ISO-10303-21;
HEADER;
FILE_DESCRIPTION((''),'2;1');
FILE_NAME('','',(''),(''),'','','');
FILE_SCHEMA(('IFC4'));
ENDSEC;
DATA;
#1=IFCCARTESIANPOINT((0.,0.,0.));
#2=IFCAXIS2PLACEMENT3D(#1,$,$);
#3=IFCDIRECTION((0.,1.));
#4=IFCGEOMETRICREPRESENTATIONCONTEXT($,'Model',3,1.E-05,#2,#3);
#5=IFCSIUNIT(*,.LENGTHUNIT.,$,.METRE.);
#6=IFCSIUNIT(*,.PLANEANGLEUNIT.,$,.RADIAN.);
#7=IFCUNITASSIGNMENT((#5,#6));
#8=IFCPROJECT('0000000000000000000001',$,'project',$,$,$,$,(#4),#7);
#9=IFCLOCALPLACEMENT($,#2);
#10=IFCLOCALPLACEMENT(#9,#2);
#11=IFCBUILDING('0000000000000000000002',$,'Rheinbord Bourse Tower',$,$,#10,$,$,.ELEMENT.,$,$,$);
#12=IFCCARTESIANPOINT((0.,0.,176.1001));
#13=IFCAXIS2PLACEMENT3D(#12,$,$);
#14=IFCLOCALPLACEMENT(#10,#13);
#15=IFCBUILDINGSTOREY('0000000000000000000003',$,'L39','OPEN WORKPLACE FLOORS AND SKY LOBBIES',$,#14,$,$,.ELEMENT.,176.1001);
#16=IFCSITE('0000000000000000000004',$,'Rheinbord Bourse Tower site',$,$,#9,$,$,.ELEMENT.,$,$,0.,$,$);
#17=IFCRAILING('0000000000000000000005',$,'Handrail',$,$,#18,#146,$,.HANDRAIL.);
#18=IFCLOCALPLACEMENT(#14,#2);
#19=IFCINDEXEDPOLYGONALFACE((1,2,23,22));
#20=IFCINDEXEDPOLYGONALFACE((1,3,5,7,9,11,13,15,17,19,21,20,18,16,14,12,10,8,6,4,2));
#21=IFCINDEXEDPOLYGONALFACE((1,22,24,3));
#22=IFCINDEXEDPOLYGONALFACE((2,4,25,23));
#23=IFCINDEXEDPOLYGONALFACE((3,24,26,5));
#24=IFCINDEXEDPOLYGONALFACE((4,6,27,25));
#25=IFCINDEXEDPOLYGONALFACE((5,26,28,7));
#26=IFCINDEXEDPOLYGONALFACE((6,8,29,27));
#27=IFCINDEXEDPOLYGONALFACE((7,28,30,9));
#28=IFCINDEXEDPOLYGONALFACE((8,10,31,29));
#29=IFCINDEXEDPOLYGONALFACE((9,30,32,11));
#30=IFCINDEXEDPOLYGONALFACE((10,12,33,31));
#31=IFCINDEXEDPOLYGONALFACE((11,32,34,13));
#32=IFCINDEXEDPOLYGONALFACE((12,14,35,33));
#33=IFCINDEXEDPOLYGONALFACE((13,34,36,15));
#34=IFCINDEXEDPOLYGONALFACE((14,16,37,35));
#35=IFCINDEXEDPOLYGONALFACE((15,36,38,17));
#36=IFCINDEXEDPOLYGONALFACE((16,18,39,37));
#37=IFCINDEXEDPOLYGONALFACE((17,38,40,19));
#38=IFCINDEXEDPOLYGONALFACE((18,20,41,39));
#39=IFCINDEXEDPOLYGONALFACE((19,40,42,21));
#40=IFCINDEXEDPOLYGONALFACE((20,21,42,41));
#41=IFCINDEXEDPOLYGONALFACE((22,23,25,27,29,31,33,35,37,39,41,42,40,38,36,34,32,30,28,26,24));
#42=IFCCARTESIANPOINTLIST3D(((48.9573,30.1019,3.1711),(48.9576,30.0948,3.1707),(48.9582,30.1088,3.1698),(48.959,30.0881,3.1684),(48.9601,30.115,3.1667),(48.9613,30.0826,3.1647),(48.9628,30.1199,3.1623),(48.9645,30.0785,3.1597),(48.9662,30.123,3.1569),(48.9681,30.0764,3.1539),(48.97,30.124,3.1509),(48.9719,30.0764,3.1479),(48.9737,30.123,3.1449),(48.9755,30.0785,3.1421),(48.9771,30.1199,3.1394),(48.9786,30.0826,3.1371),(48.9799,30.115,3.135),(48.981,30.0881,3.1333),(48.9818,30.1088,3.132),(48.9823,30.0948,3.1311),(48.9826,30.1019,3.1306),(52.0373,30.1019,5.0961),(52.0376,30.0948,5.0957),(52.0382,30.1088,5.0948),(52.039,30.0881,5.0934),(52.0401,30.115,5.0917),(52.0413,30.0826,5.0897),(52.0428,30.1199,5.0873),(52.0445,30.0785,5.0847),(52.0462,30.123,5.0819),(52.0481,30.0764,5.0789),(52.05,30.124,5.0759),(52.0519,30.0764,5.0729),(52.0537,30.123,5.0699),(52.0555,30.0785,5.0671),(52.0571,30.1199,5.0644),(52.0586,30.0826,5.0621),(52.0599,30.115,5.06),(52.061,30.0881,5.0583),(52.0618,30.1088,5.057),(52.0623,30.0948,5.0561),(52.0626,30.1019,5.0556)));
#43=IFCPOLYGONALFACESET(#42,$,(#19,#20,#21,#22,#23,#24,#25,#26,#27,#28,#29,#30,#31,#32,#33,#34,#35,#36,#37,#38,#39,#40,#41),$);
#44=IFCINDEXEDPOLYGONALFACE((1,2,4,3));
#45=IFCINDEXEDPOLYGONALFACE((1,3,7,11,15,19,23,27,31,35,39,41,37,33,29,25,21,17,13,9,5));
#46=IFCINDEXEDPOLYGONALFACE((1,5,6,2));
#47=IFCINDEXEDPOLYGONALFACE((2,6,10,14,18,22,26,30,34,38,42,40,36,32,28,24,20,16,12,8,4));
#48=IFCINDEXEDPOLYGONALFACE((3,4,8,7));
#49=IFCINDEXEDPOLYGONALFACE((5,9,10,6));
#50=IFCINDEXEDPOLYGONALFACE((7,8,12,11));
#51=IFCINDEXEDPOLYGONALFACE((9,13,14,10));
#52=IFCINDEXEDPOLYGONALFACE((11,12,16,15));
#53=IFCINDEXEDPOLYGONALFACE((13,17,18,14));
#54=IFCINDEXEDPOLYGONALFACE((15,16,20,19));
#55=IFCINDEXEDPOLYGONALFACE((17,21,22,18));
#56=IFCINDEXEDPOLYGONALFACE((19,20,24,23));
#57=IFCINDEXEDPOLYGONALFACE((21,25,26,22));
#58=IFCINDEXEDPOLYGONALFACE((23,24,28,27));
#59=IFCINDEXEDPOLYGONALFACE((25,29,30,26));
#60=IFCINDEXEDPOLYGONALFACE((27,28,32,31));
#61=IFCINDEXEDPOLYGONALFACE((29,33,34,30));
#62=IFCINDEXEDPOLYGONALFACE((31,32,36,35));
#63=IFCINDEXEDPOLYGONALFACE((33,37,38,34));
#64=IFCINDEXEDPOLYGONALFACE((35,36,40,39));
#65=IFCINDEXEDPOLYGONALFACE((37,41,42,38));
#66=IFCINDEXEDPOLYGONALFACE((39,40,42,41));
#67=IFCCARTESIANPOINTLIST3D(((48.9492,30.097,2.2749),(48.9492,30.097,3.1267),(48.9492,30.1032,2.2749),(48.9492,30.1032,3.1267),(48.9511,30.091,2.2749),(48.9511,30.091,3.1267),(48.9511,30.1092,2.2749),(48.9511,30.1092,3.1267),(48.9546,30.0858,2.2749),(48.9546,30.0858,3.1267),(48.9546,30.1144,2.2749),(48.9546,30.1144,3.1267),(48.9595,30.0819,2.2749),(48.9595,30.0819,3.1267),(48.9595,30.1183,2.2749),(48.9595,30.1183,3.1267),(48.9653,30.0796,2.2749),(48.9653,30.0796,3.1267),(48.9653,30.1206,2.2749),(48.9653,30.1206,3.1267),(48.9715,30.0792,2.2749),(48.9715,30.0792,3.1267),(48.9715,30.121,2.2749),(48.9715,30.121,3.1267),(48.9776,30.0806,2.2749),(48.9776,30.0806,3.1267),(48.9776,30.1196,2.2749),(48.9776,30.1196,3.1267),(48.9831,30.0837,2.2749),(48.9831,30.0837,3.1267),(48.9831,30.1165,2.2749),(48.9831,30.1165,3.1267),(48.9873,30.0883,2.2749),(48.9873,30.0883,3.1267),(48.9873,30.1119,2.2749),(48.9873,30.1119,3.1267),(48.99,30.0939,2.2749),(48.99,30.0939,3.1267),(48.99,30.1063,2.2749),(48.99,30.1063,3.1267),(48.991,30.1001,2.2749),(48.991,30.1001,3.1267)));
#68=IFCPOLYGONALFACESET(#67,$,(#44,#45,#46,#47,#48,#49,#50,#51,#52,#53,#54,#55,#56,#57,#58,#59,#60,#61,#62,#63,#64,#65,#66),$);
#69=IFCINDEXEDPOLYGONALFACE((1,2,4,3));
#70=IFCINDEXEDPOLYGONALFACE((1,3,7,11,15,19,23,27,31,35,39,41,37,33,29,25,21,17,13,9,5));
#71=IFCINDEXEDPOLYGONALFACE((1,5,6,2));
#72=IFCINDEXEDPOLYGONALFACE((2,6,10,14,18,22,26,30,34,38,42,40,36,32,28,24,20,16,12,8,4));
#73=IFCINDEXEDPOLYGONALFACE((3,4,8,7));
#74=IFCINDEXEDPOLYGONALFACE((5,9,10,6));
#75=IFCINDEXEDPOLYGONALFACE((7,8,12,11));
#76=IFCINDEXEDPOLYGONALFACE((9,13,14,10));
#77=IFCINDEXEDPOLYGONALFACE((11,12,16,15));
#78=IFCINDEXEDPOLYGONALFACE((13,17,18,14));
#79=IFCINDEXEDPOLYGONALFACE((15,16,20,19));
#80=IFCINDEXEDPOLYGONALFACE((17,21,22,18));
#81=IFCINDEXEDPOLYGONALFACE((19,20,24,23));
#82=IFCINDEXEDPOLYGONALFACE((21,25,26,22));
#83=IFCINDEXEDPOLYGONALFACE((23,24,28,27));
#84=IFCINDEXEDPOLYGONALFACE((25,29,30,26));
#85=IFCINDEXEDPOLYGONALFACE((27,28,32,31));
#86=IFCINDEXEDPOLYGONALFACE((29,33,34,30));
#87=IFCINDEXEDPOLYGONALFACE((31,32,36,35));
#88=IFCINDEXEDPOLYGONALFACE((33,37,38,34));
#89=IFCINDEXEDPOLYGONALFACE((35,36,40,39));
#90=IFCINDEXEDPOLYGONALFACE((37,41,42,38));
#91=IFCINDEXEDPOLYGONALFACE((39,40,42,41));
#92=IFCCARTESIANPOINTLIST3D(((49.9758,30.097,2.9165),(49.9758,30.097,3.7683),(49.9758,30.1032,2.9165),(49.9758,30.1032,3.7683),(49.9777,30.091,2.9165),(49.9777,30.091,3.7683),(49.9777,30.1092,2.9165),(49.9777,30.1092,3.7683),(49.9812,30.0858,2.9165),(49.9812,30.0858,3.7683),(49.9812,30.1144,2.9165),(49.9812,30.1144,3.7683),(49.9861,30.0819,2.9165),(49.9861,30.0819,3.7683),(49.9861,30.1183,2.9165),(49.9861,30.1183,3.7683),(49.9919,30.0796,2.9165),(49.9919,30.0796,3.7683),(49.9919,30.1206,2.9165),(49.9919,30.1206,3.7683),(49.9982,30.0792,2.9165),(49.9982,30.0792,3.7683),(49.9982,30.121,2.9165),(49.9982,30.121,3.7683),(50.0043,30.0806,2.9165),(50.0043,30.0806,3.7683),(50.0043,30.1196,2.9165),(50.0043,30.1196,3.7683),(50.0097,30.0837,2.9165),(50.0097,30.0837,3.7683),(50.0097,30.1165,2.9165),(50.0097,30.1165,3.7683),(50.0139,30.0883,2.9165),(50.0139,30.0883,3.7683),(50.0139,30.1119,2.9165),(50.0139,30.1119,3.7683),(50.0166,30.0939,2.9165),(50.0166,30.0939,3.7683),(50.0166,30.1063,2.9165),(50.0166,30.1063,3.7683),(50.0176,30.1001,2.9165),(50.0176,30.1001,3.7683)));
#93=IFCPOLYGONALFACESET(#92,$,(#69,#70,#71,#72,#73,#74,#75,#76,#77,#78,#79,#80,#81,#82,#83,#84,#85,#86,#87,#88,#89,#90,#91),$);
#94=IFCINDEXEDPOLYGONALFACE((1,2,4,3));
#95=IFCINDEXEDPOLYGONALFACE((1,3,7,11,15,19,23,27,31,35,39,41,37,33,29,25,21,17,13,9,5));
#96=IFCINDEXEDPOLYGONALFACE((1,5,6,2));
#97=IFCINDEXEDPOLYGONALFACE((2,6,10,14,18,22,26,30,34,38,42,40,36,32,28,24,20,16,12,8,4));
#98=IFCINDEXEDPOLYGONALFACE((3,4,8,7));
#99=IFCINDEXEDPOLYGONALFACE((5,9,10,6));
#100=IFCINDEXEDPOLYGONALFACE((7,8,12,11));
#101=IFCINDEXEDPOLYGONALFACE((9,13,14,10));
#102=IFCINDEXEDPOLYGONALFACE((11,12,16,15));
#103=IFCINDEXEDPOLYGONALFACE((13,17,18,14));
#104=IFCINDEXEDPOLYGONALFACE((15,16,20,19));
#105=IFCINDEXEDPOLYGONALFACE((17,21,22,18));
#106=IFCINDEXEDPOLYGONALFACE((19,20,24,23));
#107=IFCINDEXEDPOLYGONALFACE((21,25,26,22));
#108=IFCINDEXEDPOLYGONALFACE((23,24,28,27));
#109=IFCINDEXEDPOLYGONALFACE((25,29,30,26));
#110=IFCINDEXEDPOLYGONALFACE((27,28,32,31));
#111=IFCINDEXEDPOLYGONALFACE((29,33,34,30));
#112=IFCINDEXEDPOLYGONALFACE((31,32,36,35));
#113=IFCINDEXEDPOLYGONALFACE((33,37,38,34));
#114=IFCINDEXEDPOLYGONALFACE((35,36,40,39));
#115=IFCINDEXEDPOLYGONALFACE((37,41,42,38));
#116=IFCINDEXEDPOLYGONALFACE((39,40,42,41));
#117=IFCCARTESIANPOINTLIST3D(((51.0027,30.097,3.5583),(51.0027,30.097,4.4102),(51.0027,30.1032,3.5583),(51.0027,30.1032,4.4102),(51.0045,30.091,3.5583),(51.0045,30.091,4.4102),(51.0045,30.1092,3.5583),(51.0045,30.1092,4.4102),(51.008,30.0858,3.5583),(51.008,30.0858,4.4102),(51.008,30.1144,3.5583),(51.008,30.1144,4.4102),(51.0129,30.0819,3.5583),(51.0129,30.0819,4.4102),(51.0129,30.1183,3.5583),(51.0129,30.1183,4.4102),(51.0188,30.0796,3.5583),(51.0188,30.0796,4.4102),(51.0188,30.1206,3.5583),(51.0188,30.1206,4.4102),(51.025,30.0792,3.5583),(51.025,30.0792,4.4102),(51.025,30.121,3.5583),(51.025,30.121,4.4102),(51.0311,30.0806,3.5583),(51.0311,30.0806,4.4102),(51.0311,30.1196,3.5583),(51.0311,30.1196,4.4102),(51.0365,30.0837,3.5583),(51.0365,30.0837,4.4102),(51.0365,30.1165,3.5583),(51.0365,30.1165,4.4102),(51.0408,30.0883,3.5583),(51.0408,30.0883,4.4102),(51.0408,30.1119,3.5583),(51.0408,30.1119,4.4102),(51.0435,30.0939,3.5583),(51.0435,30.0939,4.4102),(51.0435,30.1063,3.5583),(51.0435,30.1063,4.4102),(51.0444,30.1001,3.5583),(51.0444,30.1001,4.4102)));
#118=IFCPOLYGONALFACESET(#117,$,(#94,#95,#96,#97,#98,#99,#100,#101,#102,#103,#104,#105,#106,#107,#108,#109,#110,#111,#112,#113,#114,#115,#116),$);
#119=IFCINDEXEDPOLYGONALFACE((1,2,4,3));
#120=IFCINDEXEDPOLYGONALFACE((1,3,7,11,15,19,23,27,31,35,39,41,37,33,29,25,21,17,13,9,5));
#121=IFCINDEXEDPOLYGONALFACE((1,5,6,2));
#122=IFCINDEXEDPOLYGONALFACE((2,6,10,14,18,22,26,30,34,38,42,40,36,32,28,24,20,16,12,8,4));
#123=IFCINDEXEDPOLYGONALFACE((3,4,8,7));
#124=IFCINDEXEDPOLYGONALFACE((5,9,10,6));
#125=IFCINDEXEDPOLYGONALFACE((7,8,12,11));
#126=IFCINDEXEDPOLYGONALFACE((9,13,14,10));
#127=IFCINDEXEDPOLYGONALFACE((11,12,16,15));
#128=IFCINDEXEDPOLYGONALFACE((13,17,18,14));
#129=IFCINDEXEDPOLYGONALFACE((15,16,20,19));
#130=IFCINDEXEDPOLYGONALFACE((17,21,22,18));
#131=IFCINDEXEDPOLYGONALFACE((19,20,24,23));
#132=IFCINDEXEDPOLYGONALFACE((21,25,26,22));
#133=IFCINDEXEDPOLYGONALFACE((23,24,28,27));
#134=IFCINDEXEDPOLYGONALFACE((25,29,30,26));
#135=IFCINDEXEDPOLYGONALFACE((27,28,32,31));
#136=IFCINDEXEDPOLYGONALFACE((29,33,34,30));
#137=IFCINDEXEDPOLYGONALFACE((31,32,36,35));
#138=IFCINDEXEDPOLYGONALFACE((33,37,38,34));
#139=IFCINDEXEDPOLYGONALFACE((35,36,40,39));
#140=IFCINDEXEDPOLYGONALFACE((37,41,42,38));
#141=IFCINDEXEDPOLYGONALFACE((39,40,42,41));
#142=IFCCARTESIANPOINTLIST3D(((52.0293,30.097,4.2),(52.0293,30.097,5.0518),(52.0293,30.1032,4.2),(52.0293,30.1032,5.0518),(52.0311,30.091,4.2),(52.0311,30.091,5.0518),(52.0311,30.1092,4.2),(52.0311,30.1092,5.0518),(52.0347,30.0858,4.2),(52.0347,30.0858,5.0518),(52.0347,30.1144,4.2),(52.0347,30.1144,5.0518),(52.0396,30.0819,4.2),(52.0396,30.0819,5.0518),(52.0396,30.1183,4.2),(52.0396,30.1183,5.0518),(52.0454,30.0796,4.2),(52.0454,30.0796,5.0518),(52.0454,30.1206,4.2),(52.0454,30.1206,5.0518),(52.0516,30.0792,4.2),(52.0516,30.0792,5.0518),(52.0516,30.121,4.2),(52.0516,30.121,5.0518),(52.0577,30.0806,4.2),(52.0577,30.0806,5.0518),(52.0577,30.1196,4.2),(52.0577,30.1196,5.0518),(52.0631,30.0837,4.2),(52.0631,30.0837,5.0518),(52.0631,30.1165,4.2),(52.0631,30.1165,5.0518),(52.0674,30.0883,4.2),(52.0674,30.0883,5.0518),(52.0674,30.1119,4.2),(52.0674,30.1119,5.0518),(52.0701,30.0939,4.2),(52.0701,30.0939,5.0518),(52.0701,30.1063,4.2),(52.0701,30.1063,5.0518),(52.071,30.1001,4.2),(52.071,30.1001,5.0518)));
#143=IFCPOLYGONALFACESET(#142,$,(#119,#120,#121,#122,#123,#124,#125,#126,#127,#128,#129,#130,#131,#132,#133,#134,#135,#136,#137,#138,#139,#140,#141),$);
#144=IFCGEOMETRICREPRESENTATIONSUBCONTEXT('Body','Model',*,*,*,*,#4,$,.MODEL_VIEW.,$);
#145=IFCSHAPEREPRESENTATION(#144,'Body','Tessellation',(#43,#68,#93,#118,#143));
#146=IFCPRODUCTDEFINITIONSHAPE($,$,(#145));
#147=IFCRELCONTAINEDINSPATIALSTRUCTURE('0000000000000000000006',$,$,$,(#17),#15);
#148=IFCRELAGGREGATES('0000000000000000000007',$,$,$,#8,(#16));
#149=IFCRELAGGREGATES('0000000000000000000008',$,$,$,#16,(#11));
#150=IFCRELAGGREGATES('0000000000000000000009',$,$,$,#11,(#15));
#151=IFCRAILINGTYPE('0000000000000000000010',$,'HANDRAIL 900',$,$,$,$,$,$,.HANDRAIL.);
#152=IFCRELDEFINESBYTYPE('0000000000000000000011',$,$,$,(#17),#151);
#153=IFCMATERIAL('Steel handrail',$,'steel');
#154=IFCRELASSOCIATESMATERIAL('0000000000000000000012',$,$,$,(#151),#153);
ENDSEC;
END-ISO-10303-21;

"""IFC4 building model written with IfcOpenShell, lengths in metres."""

from ifc_helpers import new_model, si_unit, direction, frame, origin, origin_2d, place, context, subcontext, project, spatial, circle, extrude, material, type_object, element, save


model = new_model("IFC4")

# Units and contexts
model_context = context("Model", 3, precision=1e-05, world=origin(), true_north=direction((0.0, 1.0)))
body_context = subcontext(model_context, "Body", "Model", "MODEL_VIEW")
ifc_project = project(units=[si_unit("LENGTHUNIT", "METRE"), si_unit("PLANEANGLEUNIT", "RADIAN")], contexts=[model_context])

# Site, building, storey
site_placement = place(None, origin())
site = spatial("IfcSite", under=ifc_project, at=site_placement, Name="Rheinbord Bourse Tower site", CompositionType="ELEMENT", RefElevation=0.0)
building_placement = place(site_placement, origin())
building = spatial("IfcBuilding", under=site, at=building_placement, Name="Rheinbord Bourse Tower", CompositionType="ELEMENT")
storey_placement = place(building_placement, frame((0.0, 0.0, 176.1001)))
storey = spatial("IfcBuildingStorey", under=building, at=storey_placement, Name="L39", Description="OPEN WORKPLACE FLOORS AND SKY LOBBIES", CompositionType="ELEMENT", Elevation=176.1001)

# Railing
ifc_material_1 = material(Name="Steel handrail", Category="steel")
railing_type = type_object("IfcRailingType", Name="HANDRAIL 900", PredefinedType="HANDRAIL", material=ifc_material_1)
railing_1_placement = place(storey_placement, frame((48.97, 30.1001, 2.2749)))
element("IfcRailing", 1, at=railing_1_placement, inside=storey, type_object=railing_type, Name="Handrail", PredefinedType="HANDRAIL", context=body_context, shape_type="SweptSolid", body=[
    extrude(circle(Radius=0.0239, at=origin_2d()), frame((0.0, 0.0, 0.876), z_axis=(0.847998, 0.0, 0.529999), x_axis=(0.0, 1.0, 0.0)), (0.0, 0.0, 1.0), 3.6321),
    extrude(circle(Radius=0.021, at=origin_2d()), origin(), (0.0, 0.0, 1.0), 0.8518),
    extrude(circle(Radius=0.021, at=origin_2d()), frame((1.0266, 0.0, 0.6416)), (0.0, 0.0, 1.0), 0.8518),
    extrude(circle(Radius=0.021, at=origin_2d()), frame((2.0535, 0.0, 1.2834)), (0.0, 0.0, 1.0), 0.8518),
    extrude(circle(Radius=0.021, at=origin_2d()), frame((3.0801, 0.0, 1.925)), (0.0, 0.0, 1.0), 0.8518),
])

save(model, "model.ifc")
